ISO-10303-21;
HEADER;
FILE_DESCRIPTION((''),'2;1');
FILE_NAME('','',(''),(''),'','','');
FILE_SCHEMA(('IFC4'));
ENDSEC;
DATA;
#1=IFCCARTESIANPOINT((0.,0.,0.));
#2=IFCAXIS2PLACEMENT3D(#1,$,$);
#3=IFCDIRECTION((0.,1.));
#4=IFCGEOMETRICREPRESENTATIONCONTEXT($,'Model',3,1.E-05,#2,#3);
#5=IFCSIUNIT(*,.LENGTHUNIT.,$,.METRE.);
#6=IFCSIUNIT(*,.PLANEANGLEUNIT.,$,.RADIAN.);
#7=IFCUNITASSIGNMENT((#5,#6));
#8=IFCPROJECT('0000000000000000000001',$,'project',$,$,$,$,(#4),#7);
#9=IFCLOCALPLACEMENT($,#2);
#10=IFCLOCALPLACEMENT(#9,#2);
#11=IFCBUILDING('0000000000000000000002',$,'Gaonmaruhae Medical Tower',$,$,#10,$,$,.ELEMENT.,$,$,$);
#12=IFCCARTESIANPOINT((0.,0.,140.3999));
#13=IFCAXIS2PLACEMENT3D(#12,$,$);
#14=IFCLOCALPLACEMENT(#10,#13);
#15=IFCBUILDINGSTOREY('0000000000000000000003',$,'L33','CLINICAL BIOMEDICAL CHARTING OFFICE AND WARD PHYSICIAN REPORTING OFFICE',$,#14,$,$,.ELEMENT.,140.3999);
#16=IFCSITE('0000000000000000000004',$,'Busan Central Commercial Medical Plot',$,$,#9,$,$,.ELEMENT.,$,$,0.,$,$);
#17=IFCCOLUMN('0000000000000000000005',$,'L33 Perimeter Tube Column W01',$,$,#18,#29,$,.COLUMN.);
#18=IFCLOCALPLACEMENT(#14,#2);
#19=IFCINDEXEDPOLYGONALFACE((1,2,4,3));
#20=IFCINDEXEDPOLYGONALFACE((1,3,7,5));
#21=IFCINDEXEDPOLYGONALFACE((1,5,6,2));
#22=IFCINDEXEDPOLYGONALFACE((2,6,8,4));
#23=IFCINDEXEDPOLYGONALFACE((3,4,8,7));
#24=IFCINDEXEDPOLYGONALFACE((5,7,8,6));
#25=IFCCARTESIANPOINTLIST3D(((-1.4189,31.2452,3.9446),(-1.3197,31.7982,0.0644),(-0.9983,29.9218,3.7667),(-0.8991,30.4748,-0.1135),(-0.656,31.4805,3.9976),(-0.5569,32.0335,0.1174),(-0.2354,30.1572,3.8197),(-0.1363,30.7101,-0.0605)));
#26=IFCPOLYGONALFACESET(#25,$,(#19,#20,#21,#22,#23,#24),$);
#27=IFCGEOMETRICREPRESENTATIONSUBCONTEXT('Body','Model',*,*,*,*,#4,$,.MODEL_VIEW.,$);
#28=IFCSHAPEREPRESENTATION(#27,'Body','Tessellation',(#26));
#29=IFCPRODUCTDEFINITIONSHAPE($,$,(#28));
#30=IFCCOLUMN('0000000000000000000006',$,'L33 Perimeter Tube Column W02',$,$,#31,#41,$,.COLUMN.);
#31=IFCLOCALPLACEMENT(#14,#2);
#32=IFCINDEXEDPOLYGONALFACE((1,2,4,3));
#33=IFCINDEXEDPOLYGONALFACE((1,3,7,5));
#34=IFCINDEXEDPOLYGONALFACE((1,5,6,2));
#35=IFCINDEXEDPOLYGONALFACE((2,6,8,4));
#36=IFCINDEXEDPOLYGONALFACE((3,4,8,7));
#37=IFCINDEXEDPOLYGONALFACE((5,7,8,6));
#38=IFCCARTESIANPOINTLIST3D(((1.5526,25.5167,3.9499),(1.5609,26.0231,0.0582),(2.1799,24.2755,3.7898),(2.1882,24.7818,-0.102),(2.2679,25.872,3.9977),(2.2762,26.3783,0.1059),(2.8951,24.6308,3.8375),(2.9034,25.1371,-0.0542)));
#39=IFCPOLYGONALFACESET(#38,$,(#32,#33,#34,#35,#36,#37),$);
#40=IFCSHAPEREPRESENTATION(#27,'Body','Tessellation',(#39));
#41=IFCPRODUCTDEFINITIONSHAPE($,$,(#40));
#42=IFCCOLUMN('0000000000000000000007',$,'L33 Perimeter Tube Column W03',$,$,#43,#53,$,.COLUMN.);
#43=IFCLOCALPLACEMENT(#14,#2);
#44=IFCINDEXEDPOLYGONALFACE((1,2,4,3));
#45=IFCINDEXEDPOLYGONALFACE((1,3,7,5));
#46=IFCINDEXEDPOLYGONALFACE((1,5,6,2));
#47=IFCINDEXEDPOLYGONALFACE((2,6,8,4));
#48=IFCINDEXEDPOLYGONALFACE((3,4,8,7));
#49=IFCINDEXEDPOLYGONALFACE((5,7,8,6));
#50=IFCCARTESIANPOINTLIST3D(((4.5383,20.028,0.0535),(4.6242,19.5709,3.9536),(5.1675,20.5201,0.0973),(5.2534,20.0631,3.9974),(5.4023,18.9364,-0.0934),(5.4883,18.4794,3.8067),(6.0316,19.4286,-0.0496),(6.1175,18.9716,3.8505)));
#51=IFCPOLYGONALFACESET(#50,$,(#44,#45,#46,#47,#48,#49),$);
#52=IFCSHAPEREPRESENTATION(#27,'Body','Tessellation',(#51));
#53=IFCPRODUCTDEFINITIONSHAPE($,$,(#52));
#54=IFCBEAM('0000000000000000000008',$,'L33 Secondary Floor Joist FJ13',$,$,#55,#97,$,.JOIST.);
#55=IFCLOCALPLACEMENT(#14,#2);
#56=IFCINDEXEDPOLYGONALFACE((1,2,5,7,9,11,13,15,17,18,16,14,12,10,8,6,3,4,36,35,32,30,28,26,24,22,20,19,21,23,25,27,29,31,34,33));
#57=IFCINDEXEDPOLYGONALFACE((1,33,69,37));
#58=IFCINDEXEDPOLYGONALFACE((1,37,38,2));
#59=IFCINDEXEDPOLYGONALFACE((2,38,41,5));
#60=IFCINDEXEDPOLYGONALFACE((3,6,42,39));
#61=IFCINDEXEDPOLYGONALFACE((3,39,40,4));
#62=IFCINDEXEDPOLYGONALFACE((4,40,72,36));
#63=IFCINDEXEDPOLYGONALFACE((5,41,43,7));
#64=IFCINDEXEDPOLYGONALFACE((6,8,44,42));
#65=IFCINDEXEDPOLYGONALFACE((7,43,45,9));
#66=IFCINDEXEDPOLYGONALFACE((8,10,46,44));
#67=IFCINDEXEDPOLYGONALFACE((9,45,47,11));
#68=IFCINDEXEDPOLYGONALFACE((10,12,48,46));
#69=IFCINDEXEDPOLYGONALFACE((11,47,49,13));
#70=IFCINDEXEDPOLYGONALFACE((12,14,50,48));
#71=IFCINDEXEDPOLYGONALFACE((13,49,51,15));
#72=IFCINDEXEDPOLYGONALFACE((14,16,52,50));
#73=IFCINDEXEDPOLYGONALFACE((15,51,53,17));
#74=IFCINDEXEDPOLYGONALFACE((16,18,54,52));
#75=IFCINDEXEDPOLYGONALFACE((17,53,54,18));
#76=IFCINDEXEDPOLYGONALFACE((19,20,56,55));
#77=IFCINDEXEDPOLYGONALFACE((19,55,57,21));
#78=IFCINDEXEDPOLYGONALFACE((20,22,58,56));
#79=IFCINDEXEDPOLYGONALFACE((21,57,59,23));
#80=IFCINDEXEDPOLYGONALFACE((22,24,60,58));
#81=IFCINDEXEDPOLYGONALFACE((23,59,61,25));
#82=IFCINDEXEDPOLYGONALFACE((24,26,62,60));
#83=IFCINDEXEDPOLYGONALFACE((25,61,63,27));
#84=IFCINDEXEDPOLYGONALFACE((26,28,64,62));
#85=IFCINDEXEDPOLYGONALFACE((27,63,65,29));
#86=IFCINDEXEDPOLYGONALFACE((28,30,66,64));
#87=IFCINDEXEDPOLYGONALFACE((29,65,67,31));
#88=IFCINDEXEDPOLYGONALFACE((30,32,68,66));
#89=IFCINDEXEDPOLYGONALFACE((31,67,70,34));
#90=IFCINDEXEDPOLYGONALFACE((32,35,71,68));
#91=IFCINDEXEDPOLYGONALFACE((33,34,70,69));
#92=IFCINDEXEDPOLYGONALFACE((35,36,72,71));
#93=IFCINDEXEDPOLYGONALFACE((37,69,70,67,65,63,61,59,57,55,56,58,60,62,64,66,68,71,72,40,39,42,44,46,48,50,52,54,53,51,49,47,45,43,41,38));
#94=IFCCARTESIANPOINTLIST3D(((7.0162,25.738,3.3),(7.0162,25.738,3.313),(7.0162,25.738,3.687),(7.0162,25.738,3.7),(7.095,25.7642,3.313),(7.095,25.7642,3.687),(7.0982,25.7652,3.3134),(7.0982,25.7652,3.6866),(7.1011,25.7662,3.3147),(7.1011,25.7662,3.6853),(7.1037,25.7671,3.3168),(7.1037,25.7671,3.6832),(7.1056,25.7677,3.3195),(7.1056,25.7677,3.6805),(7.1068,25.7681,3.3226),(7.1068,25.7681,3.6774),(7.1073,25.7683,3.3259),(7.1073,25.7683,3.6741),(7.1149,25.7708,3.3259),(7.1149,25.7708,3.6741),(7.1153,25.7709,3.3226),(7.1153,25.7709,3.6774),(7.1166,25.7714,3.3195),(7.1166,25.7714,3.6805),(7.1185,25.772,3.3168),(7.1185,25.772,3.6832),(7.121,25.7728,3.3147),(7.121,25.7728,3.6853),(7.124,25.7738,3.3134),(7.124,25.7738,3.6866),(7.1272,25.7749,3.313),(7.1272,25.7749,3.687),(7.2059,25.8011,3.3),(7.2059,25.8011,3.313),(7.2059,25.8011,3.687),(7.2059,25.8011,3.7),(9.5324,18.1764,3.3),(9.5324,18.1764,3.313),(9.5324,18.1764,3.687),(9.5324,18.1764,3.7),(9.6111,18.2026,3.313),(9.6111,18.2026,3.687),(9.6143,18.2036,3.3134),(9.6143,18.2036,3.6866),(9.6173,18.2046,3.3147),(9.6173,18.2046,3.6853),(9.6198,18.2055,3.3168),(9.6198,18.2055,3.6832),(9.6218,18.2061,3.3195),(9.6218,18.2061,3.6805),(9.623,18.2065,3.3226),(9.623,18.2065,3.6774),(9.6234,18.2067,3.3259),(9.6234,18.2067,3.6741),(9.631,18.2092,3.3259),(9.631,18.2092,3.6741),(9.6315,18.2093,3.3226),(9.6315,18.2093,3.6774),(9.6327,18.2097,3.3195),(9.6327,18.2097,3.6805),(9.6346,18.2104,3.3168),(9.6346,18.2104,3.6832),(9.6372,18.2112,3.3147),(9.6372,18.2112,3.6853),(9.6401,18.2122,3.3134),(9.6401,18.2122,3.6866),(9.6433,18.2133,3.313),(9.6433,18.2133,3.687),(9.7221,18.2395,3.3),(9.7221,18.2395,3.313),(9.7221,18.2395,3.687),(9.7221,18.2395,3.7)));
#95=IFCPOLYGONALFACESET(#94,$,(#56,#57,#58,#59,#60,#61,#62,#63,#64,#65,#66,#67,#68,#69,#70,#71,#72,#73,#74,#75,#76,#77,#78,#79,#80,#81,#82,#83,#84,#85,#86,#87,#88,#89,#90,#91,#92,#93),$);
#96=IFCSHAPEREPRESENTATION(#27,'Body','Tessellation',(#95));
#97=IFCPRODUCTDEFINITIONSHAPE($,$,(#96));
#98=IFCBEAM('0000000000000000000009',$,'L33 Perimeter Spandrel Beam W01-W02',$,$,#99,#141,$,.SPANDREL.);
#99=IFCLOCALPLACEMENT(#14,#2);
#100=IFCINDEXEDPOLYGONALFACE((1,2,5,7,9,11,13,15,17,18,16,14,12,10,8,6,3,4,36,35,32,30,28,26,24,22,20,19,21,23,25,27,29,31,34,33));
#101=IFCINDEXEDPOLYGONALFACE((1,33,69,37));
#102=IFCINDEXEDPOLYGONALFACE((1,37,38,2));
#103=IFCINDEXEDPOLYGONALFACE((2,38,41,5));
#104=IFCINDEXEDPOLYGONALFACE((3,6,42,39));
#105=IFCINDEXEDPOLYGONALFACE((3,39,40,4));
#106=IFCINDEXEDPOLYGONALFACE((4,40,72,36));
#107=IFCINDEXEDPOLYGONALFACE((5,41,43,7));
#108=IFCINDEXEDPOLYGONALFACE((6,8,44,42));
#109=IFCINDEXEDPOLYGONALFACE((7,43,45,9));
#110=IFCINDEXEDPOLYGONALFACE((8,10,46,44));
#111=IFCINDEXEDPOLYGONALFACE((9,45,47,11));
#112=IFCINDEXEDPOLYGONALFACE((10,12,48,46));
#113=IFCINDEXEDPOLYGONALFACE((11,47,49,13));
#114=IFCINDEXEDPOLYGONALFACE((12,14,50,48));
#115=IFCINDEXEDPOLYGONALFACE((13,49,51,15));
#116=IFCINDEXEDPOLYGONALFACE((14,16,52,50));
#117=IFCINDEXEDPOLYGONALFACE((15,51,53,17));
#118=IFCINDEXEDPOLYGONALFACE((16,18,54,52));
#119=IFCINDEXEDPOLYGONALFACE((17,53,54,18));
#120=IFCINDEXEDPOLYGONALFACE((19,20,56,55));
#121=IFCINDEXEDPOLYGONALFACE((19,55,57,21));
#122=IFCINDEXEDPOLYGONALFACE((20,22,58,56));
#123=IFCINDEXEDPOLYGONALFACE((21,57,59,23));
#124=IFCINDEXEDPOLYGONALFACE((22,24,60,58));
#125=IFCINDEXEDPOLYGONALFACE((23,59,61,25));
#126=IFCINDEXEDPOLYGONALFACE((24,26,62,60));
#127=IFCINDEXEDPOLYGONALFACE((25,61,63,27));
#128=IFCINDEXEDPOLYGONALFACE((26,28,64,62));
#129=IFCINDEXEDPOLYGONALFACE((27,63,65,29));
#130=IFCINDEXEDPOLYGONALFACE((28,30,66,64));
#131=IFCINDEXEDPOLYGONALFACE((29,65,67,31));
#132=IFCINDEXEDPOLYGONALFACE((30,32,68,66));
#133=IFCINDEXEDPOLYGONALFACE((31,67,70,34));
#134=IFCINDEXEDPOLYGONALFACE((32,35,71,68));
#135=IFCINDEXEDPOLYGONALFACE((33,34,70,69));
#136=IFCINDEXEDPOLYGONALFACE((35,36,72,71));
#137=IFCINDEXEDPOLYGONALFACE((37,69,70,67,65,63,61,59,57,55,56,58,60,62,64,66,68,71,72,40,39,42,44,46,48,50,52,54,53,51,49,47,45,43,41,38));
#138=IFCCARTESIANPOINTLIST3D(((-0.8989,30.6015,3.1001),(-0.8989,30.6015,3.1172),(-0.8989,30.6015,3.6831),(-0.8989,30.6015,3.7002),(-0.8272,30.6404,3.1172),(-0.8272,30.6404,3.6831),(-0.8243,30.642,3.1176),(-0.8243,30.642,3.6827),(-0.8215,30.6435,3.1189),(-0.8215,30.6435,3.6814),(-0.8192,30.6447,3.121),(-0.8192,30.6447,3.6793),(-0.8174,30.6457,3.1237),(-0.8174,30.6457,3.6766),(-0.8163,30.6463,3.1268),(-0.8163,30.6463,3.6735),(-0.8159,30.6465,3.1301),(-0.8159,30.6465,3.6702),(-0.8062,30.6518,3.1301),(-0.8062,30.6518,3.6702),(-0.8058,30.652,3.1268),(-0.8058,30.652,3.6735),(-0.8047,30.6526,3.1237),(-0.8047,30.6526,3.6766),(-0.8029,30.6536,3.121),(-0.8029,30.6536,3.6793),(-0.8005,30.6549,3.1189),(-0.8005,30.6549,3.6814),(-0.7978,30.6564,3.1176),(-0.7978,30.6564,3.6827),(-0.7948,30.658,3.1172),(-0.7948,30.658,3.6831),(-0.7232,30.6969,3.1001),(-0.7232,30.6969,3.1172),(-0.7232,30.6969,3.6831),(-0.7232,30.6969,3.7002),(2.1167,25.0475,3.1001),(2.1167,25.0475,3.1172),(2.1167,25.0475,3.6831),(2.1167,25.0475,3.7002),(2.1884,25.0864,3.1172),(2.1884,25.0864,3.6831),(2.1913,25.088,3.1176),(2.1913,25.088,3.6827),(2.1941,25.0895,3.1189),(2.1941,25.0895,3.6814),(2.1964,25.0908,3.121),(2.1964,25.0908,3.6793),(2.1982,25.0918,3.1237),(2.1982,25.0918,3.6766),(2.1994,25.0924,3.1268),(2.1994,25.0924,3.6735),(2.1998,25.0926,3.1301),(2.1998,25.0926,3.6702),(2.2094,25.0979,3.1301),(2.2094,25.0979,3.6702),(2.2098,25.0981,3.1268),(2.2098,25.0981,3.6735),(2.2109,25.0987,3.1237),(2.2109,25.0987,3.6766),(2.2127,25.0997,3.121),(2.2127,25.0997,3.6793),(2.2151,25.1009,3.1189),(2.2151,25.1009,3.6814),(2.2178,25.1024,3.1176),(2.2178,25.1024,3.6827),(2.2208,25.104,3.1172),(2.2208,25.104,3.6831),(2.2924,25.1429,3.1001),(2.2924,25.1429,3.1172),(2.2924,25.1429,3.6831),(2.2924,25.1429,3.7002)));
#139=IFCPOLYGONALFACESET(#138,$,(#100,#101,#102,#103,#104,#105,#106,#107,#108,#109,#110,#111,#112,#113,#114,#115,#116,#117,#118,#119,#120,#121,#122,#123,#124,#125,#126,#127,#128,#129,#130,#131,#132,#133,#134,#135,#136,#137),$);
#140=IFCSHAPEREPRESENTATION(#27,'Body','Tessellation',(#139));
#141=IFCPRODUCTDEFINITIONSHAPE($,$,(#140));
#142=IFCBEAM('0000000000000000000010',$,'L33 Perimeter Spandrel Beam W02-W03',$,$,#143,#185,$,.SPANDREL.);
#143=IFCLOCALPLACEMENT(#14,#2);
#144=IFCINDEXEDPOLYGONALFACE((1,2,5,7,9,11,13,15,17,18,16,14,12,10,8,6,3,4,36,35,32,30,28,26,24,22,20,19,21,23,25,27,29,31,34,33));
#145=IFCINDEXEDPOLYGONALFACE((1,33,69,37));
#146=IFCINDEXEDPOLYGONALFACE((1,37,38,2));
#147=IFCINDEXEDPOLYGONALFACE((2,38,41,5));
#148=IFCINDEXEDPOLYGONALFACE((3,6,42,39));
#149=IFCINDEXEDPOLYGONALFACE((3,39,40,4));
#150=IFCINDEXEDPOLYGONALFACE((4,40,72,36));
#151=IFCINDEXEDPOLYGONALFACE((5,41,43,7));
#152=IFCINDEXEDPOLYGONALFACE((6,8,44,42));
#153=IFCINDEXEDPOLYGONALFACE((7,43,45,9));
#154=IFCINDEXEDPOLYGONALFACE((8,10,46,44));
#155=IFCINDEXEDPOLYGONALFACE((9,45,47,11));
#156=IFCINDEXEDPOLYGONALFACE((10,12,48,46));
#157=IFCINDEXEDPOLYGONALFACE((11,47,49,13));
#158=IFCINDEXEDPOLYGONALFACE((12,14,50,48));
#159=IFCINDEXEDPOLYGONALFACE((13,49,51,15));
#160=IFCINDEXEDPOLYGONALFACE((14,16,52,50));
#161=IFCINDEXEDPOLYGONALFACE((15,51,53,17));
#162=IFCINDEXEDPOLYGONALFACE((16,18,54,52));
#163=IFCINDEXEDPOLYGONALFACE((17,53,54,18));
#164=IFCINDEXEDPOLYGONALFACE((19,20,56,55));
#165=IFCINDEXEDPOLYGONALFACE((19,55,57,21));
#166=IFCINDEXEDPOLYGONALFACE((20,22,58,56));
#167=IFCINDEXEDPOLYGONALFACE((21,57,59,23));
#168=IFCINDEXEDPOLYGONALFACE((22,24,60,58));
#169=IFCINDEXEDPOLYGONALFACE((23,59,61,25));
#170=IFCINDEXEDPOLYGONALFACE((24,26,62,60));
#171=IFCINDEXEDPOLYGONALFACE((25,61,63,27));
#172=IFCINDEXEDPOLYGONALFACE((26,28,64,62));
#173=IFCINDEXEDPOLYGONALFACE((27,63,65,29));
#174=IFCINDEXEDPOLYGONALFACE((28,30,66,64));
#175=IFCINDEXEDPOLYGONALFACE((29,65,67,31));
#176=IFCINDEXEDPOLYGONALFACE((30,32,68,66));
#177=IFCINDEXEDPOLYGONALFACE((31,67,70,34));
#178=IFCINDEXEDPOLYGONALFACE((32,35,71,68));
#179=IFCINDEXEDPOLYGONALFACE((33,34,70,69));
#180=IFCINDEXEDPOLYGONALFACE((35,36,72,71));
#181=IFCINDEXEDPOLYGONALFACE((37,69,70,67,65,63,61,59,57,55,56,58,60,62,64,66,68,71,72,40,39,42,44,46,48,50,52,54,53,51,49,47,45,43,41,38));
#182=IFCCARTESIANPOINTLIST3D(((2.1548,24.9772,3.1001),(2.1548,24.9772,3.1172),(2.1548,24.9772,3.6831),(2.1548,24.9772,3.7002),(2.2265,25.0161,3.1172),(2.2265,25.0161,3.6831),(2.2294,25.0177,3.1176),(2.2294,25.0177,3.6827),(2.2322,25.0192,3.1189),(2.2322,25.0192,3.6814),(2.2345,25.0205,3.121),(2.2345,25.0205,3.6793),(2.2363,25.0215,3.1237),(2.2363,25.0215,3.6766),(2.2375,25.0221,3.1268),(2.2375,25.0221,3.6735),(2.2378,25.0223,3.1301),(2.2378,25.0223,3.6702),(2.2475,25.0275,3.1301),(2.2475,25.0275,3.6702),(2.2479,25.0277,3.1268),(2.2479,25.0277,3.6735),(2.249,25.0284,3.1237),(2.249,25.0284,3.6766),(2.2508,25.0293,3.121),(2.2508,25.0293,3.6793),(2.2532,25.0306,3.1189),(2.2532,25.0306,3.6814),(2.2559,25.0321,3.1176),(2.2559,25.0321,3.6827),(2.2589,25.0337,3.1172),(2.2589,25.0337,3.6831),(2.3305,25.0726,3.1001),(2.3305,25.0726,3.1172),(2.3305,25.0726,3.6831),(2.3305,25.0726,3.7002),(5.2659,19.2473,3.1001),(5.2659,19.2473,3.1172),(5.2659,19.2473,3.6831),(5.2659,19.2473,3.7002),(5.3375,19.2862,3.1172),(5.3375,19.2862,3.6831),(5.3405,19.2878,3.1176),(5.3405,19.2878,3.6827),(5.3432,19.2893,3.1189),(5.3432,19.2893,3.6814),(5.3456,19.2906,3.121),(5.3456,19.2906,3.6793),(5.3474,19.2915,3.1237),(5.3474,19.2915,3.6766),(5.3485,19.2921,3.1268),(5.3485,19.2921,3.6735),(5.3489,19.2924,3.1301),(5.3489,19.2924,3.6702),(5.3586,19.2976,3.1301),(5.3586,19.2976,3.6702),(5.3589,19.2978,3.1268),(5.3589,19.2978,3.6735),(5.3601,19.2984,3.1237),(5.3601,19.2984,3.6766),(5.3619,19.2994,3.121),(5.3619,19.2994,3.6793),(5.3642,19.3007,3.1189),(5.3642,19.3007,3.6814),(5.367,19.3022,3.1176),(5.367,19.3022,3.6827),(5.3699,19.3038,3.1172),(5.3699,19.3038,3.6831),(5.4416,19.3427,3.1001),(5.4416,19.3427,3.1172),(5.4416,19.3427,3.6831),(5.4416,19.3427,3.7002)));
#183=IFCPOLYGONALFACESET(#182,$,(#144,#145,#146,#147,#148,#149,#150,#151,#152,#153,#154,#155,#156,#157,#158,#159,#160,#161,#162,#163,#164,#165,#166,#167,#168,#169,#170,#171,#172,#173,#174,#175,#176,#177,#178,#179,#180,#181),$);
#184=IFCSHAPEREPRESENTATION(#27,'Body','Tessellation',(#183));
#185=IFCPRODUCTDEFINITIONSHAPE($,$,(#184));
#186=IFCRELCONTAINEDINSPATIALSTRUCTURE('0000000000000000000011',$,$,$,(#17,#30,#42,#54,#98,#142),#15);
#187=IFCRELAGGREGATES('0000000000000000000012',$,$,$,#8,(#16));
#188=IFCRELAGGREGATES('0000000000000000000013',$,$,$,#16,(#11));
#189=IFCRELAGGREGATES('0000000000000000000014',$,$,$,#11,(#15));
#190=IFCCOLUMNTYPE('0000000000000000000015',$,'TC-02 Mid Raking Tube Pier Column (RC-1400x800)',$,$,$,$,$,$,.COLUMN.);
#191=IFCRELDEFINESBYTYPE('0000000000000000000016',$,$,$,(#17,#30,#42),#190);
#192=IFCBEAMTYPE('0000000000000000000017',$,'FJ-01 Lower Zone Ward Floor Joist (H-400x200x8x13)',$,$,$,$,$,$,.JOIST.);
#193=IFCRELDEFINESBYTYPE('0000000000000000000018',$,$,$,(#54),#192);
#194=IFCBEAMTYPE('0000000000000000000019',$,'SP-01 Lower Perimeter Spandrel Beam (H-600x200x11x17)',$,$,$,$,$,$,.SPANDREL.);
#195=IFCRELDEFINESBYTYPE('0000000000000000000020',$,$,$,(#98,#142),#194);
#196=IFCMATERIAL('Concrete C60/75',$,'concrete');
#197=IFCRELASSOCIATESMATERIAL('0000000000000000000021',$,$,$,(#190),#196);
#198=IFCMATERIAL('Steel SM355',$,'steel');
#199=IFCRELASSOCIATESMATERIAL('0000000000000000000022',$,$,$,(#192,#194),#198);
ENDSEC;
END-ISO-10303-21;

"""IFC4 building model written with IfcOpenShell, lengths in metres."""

from ifc_helpers import new_model, si_unit, direction, frame, origin, origin_2d, place, context, subcontext, project, spatial, rectangle, i_section, extrude, material, material_profile, profile_set, type_object, element, save


model = new_model("IFC4")

# Units and contexts
model_context = context("Model", 3, precision=1e-05, world=origin(), true_north=direction((0.0, 1.0)))
body_context = subcontext(model_context, "Body", "Model", "MODEL_VIEW")
ifc_project = project(units=[si_unit("LENGTHUNIT", "METRE"), si_unit("PLANEANGLEUNIT", "RADIAN")], contexts=[model_context])

# Site, building, storey
site_placement = place(None, origin())
site = spatial("IfcSite", under=ifc_project, at=site_placement, Name="Busan Central Commercial Medical Plot", CompositionType="ELEMENT", RefElevation=0.0)
building_placement = place(site_placement, origin())
building = spatial("IfcBuilding", under=site, at=building_placement, Name="Gaonmaruhae Medical Tower", CompositionType="ELEMENT")
storey_placement = place(building_placement, frame((0.0, 0.0, 140.3999)))
storey = spatial("IfcBuildingStorey", under=building, at=storey_placement, Name="L33", Description="CLINICAL BIOMEDICAL CHARTING OFFICE AND WARD PHYSICIAN REPORTING OFFICE", CompositionType="ELEMENT", Elevation=140.3999)

# Columns
ifc_material_1 = material(Name="Concrete C60/75", Category="concrete")
ifc_material_profile_1 = material_profile(ifc_material_1, rectangle(XDim=1.3999, YDim=0.8, at=origin_2d()), Name="RC-1400x800")
ifc_profile_set_1 = profile_set([ifc_material_profile_1], Name="Concrete C60/75")
column_type = type_object("IfcColumnType", Name="TC-02 Mid Raking Tube Pier Column (RC-1400x800)", PredefinedType="COLUMN", material=ifc_profile_set_1)
column_1_placement = place(storey_placement, frame((-0.728, 31.2542, 0.002), z_axis=(-0.025282, -0.141045, 0.98968), x_axis=(-0.30045, 0.945299, 0.127045)))
element("IfcColumn", 1, at=column_1_placement, inside=storey, type_object=column_type, Name="L33 Perimeter Tube Column W01", PredefinedType="COLUMN", context=body_context, shape_type="SweptSolid", body=[
    extrude(rectangle(XDim=1.3999, YDim=0.8, at=origin_2d()), origin(), (0.0, 0.0, 1.0), 3.9207),
])
column_2_placement = place(storey_placement, frame((2.2322, 25.5801, 0.002), z_axis=(-0.002115, -0.129017, 0.99164), x_axis=(-0.448049, 0.886659, 0.114403)))
element("IfcColumn", 2, at=column_2_placement, inside=storey, type_object=column_type, Name="L33 Perimeter Tube Column W02", PredefinedType="COLUMN", context=body_context, shape_type="SweptSolid", body=[
    extrude(rectangle(XDim=1.3999, YDim=0.8, at=origin_2d()), origin(), (0.0, 0.0, 1.0), 3.9246),
])
column_3_placement = place(storey_placement, frame((5.2849, 19.7283, 0.002), z_axis=(0.021879, -0.116359, 0.992966), x_axis=(-0.617245, 0.779737, 0.104973)))
element("IfcColumn", 3, at=column_3_placement, inside=storey, type_object=column_type, Name="L33 Perimeter Tube Column W03", PredefinedType="COLUMN", context=body_context, shape_type="SweptSolid", body=[
    extrude(rectangle(XDim=1.3999, YDim=0.8, at=origin_2d()), origin(), (0.0, 0.0, 1.0), 3.9277),
])

# Beams
ifc_material_2 = material(Name="Steel SM355", Category="steel")
ifc_material_profile_2 = material_profile(ifc_material_2, i_section(OverallWidth=0.2, OverallDepth=0.3999, WebThickness=0.0081, FlangeThickness=0.0129, FilletRadius=0.0129, at=origin_2d()), Name="H-400x200x8x13")
ifc_profile_set_2 = profile_set([ifc_material_profile_2], Name="Steel SM355")
beam_type_1 = type_object("IfcBeamType", Name="FJ-01 Lower Zone Ward Floor Joist (H-400x200x8x13)", PredefinedType="JOIST", material=ifc_profile_set_2)
beam_1_placement = place(storey_placement, frame((7.1111, 25.7695, 3.5), z_axis=(0.315731, -0.948849, 0.0), x_axis=(0.948849, 0.315731, 0.0)))
element("IfcBeam", 4, at=beam_1_placement, inside=storey, type_object=beam_type_1, Name="L33 Secondary Floor Joist FJ13", PredefinedType="JOIST", context=body_context, shape_type="SweptSolid", body=[
    extrude(i_section(OverallWidth=0.2, OverallDepth=0.3999, WebThickness=0.0081, FlangeThickness=0.0129, FilletRadius=0.0129, at=origin_2d()), origin(), (0.0, 0.0, 1.0), 7.9692),
])
ifc_material_profile_3 = material_profile(ifc_material_2, i_section(OverallWidth=0.2, OverallDepth=0.6001, WebThickness=0.011, FlangeThickness=0.0171, FilletRadius=0.0129, at=origin_2d()), Name="H-600x200x11x17")
ifc_profile_set_3 = profile_set([ifc_material_profile_3], Name="Steel SM355")
beam_type_2 = type_object("IfcBeamType", Name="SP-01 Lower Perimeter Spandrel Beam (H-600x200x11x17)", PredefinedType="SPANDREL", material=ifc_profile_set_3)
beam_2_placement = place(storey_placement, frame((-0.811, 30.6492, 3.4001), z_axis=(0.477168, -0.878812, 0.0), x_axis=(0.878812, 0.477168, 0.0)))
element("IfcBeam", 5, at=beam_2_placement, inside=storey, type_object=beam_type_2, Name="L33 Perimeter Spandrel Beam W01-W02", PredefinedType="SPANDREL", context=body_context, shape_type="SweptSolid", body=[
    extrude(i_section(OverallWidth=0.2, OverallDepth=0.6001, WebThickness=0.011, FlangeThickness=0.0171, FilletRadius=0.0129, at=origin_2d()), origin(), (0.0, 0.0, 1.0), 6.3198),
])
beam_3_placement = place(storey_placement, frame((2.2427, 25.0249, 3.4001), z_axis=(0.477154, -0.87882, 0.0), x_axis=(0.87882, 0.477154, 0.0)))
element("IfcBeam", 6, at=beam_3_placement, inside=storey, type_object=beam_type_2, Name="L33 Perimeter Spandrel Beam W02-W03", PredefinedType="SPANDREL", context=body_context, shape_type="SweptSolid", body=[
    extrude(i_section(OverallWidth=0.2, OverallDepth=0.6001, WebThickness=0.011, FlangeThickness=0.0171, FilletRadius=0.0129, at=origin_2d()), origin(), (0.0, 0.0, 1.0), 6.52),
])

save(model, "model.ifc")
